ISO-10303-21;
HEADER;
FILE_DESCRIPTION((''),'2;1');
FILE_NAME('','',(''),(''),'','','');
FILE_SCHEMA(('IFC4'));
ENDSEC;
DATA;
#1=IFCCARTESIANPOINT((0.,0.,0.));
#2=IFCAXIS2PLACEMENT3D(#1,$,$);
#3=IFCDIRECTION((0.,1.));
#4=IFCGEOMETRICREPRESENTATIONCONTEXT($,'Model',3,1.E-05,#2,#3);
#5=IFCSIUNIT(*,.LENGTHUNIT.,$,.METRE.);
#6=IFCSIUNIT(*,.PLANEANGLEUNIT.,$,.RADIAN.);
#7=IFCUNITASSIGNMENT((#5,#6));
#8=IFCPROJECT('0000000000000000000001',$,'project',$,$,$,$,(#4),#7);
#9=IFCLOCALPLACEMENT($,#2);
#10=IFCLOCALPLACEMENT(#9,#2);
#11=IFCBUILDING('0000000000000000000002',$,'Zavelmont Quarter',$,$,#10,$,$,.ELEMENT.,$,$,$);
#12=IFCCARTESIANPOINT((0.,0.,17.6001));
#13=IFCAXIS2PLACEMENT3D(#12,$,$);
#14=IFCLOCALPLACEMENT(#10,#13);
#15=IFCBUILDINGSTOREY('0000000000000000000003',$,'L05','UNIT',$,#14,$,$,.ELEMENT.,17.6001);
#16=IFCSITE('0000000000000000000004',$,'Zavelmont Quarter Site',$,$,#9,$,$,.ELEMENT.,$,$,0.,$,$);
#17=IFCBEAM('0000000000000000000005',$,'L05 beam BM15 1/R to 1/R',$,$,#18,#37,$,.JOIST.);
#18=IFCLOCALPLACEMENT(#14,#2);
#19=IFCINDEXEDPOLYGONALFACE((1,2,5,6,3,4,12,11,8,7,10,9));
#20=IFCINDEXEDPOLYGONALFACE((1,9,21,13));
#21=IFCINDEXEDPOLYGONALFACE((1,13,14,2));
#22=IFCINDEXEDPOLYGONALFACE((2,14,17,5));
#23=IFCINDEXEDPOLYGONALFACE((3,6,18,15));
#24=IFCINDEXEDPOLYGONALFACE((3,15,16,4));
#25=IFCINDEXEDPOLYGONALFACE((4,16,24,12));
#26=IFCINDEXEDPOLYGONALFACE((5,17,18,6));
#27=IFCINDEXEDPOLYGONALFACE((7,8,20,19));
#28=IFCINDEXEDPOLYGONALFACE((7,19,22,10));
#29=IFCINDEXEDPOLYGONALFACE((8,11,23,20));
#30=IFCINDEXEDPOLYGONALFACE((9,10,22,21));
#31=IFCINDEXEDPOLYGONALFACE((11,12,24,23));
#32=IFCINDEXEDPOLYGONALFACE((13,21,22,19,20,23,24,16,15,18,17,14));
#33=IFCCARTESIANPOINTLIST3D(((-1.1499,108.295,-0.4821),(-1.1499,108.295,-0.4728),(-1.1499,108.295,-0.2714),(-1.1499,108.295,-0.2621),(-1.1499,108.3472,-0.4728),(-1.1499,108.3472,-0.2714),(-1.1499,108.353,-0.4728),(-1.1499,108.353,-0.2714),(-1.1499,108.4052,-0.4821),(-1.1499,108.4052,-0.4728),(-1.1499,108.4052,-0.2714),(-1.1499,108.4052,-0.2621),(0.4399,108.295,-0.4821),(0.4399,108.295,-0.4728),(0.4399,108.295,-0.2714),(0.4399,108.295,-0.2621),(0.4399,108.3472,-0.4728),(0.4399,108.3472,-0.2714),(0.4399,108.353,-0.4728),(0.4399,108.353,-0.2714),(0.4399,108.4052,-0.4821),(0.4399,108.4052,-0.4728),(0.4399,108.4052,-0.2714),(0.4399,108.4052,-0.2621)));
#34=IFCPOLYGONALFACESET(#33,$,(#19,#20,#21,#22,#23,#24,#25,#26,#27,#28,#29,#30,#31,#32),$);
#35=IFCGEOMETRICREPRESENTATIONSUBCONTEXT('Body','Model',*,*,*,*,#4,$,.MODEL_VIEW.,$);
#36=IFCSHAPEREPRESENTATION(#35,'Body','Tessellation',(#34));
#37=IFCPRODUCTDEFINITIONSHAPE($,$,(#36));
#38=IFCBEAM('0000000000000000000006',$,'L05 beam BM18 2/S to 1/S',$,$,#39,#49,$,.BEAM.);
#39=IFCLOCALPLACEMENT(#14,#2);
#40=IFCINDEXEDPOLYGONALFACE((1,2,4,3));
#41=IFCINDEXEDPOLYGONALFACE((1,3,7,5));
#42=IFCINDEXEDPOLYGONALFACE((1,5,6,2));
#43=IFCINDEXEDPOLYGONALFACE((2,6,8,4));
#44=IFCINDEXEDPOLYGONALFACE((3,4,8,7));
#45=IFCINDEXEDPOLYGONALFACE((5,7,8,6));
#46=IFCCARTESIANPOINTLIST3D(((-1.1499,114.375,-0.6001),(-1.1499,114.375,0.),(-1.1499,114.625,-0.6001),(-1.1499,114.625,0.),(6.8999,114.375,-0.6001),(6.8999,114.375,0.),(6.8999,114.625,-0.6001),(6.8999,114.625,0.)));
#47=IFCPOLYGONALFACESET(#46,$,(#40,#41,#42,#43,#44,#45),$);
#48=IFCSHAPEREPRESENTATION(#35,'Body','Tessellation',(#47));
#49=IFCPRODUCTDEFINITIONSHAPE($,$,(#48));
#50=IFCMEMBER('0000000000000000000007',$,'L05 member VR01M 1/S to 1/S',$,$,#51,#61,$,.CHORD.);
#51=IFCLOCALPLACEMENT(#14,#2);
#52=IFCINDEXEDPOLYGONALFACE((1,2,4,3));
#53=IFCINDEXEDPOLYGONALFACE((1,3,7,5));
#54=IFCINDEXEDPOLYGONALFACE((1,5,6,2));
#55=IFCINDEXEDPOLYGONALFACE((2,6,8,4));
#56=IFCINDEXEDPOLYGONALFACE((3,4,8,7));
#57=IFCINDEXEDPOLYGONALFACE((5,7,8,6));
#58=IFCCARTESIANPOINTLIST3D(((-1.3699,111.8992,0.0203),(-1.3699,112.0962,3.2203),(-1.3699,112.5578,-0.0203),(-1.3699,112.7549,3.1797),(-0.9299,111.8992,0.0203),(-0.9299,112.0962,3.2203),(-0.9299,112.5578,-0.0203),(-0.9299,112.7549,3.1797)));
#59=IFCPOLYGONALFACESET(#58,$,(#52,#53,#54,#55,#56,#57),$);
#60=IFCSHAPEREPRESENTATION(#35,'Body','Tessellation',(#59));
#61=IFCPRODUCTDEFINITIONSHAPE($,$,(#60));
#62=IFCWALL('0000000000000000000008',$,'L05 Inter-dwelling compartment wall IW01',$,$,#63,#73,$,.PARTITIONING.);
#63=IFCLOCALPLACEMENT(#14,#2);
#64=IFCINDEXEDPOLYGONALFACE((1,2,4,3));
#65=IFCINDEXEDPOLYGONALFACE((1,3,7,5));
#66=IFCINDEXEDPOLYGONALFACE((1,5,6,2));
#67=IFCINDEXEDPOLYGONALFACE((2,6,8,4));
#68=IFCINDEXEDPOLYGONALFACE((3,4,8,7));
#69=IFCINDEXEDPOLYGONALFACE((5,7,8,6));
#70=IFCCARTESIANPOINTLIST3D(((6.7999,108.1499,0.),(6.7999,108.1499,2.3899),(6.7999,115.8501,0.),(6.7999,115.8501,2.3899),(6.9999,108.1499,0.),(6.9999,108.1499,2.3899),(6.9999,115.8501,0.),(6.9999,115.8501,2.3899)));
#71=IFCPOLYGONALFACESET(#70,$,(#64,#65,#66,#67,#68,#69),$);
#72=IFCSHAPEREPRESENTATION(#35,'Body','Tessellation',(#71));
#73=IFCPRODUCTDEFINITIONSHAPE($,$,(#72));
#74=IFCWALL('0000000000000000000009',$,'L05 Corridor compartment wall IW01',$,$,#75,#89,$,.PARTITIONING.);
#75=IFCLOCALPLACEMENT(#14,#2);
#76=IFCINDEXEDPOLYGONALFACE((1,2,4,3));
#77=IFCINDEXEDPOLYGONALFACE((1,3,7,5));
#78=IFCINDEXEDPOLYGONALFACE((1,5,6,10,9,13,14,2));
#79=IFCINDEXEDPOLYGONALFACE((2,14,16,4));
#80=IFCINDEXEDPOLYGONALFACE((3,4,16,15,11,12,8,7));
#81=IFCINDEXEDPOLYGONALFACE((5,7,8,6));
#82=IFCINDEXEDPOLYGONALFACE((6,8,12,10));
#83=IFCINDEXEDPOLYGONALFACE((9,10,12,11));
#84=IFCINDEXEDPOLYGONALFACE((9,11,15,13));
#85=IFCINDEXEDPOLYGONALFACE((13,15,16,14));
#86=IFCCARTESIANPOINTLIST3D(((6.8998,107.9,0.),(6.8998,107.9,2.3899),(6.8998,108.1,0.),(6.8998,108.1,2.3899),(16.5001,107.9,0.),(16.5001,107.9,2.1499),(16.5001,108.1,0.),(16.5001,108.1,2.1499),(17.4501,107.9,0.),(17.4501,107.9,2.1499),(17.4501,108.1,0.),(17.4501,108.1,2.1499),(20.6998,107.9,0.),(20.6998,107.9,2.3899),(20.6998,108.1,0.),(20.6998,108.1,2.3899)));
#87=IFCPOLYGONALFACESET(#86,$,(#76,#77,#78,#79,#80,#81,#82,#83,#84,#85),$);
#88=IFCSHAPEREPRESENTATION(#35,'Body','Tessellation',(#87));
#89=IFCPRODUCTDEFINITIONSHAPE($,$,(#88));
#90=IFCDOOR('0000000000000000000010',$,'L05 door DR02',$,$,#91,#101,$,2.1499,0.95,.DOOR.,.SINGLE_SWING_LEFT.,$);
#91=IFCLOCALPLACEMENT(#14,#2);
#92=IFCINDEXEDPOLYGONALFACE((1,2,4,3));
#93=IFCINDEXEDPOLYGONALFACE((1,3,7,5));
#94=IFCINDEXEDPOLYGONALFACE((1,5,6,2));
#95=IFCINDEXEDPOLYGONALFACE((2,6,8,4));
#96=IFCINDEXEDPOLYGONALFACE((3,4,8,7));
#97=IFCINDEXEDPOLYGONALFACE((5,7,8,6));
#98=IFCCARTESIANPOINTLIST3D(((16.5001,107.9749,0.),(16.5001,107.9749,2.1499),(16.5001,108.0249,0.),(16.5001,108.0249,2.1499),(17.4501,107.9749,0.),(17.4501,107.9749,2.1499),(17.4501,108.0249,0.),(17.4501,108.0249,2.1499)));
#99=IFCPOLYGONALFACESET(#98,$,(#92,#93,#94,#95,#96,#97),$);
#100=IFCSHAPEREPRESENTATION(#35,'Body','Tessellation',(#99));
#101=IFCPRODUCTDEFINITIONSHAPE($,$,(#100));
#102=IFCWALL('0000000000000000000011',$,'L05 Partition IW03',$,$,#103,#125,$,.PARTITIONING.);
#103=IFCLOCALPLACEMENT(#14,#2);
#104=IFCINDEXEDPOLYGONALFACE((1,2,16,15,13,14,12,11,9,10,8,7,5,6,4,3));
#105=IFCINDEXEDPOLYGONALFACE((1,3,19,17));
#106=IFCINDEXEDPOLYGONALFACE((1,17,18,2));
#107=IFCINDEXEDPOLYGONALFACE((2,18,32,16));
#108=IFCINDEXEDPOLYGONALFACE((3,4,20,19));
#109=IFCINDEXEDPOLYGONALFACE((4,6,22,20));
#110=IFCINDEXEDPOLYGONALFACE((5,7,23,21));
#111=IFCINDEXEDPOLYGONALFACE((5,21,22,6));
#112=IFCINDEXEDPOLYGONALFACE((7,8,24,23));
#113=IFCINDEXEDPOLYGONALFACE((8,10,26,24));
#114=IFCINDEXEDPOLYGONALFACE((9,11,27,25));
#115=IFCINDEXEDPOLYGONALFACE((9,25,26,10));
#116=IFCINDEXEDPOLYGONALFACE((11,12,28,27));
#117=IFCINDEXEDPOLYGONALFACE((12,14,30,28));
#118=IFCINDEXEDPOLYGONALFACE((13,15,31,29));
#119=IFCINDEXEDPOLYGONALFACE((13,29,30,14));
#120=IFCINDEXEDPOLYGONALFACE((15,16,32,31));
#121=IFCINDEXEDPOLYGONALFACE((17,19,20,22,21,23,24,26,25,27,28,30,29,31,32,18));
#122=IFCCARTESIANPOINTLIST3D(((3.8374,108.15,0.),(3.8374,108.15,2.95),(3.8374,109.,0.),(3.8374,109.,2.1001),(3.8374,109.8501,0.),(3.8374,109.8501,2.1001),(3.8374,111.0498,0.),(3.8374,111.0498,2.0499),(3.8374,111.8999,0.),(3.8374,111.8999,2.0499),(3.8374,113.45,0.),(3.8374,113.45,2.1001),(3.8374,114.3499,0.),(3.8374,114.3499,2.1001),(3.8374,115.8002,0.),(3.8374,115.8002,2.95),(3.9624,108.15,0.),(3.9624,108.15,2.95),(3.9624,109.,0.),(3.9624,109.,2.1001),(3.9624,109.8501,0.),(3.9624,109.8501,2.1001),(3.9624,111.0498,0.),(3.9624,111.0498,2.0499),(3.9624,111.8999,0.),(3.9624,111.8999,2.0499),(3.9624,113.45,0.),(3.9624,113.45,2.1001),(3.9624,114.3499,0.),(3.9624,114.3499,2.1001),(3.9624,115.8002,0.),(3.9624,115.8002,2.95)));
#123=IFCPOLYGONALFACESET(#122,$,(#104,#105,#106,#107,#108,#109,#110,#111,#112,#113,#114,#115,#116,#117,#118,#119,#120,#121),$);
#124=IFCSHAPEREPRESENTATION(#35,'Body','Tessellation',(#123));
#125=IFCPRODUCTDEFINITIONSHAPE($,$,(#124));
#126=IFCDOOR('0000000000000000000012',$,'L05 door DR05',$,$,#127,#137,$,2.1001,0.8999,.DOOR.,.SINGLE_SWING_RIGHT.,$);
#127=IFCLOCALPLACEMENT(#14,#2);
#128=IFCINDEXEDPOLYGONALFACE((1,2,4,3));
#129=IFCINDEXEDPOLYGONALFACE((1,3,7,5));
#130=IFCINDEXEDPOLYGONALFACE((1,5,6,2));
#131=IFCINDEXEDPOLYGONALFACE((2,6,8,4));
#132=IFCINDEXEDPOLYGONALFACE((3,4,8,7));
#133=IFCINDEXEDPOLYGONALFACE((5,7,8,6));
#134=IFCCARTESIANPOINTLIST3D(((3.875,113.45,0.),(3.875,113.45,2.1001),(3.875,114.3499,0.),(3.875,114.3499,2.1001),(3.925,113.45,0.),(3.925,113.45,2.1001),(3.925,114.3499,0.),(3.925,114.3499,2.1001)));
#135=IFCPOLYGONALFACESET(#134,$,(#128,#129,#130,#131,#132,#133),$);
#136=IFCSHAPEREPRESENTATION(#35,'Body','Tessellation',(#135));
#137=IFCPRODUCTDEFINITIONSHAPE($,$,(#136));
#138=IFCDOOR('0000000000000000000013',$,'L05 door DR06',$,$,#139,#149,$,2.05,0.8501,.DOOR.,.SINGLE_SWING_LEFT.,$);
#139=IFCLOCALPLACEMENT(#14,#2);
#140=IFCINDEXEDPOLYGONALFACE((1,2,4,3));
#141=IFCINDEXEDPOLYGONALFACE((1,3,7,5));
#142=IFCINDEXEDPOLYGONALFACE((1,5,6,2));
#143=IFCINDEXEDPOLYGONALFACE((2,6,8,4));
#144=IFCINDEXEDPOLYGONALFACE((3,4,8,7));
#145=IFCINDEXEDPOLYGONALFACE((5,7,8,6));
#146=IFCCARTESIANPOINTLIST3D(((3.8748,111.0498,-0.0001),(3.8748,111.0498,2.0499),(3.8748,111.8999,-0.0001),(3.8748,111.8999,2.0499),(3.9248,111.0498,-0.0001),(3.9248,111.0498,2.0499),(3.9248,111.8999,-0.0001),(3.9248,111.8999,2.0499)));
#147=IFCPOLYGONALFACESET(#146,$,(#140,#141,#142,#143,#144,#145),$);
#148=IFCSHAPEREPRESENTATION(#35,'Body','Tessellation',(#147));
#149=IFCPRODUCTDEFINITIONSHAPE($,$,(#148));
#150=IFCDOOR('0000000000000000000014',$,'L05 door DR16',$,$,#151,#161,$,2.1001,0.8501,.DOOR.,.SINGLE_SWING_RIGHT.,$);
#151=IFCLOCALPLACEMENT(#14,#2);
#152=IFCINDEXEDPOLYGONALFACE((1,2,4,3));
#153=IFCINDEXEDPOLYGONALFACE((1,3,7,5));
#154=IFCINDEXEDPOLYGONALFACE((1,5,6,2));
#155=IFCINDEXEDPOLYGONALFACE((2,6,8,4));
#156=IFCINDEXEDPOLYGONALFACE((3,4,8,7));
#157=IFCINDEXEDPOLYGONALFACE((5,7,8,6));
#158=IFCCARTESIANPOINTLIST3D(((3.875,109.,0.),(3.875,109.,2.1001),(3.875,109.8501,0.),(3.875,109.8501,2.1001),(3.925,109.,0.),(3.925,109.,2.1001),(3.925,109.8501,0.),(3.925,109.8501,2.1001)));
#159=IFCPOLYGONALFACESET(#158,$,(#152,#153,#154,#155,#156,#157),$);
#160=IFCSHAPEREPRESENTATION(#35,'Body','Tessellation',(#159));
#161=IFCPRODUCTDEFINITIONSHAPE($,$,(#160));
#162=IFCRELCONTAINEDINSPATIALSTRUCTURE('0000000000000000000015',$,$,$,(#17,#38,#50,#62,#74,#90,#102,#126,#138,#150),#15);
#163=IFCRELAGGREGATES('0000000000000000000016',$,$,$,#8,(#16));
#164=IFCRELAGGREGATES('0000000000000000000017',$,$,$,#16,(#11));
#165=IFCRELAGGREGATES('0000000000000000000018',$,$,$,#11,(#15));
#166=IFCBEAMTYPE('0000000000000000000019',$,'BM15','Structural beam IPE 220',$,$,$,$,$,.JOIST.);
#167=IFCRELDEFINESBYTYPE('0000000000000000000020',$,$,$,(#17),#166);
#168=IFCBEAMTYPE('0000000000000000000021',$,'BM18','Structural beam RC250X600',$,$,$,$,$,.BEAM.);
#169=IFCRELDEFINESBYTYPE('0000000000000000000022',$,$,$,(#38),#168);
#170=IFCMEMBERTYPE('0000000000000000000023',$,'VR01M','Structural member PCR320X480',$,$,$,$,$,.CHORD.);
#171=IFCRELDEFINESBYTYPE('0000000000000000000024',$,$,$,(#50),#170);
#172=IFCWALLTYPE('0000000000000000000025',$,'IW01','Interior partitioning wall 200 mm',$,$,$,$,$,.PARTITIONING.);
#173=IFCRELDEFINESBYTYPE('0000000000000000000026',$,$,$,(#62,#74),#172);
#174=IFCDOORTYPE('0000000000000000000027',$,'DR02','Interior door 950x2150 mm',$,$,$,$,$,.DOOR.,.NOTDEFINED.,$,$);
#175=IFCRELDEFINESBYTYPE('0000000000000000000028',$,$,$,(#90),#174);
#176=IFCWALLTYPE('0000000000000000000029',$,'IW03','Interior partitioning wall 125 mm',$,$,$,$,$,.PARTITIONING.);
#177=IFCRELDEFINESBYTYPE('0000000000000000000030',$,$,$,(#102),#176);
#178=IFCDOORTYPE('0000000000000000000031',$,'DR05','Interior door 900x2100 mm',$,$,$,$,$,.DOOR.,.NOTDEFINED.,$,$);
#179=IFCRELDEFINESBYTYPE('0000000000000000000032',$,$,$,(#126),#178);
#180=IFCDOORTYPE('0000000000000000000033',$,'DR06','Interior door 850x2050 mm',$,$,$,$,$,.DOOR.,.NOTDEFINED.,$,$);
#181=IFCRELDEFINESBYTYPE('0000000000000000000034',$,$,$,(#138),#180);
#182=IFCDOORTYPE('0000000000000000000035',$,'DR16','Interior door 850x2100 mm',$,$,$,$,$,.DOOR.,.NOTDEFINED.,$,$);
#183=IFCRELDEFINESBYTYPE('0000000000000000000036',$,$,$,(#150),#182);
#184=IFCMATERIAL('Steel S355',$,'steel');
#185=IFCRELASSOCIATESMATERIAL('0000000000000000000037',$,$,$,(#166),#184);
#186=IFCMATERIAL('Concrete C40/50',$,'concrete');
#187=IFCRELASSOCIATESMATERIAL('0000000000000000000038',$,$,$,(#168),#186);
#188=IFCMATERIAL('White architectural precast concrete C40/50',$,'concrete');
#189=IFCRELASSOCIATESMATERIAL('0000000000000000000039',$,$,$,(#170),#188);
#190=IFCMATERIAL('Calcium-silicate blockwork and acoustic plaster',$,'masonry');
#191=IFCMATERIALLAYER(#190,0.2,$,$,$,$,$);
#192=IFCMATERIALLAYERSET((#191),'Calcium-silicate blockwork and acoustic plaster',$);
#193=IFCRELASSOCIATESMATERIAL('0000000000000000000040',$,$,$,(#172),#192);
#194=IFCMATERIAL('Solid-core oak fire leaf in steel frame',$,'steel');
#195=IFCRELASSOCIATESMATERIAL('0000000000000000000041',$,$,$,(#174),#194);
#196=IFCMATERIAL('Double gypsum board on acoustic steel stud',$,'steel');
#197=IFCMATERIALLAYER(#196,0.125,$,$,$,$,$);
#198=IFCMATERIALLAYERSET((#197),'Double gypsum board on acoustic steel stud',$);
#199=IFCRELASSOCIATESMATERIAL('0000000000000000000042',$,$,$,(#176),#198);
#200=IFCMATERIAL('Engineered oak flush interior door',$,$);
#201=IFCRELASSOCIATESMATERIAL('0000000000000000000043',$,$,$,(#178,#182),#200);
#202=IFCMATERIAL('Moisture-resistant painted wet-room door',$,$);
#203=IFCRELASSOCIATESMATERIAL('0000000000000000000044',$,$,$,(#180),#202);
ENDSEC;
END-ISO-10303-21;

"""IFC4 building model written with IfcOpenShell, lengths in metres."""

from ifc_helpers import new_model, si_unit, direction, frame, frame_2d, origin, origin_with_axes, origin_2d, place, context, subcontext, project, spatial, rectangle, i_section, extrude, material, layer, layer_set, material_profile, profile_set, type_object, element, fill, save


model = new_model("IFC4")

# Units and contexts
model_context = context("Model", 3, precision=1e-05, world=origin(), true_north=direction((0.0, 1.0)))
body_context = subcontext(model_context, "Body", "Model", "MODEL_VIEW")
ifc_project = project(units=[si_unit("LENGTHUNIT", "METRE"), si_unit("PLANEANGLEUNIT", "RADIAN")], contexts=[model_context])

# Site, building, storey
site_placement = place(None, origin())
site = spatial("IfcSite", under=ifc_project, at=site_placement, Name="Zavelmont Quarter Site", CompositionType="ELEMENT", RefElevation=0.0)
building_placement = place(site_placement, origin())
building = spatial("IfcBuilding", under=site, at=building_placement, Name="Zavelmont Quarter", CompositionType="ELEMENT")
storey_placement = place(building_placement, frame((0.0, 0.0, 17.6001)))
storey = spatial("IfcBuildingStorey", under=building, at=storey_placement, Name="L05", Description="UNIT", CompositionType="ELEMENT", Elevation=17.6001)

# Beams
ifc_material_1 = material(Name="Steel S355", Category="steel")
ifc_material_profile_1 = material_profile(ifc_material_1, i_section(OverallWidth=0.1101, OverallDepth=0.22, WebThickness=0.0059, FlangeThickness=0.0093, at=origin_2d()), Name="IPE 220")
ifc_profile_set_1 = profile_set([ifc_material_profile_1], Name="Steel S355")
beam_type_1 = type_object("IfcBeamType", Name="BM15", Description="Structural beam IPE 220", PredefinedType="JOIST", material=ifc_profile_set_1)
beam_1_placement = place(storey_placement, frame((0.4399, 108.3501, -0.3721), z_axis=(-1.0, 0.0, 0.0), x_axis=(0.0, -1.0, 0.0)))
element("IfcBeam", 1, at=beam_1_placement, inside=storey, type_object=beam_type_1, Name="L05 beam BM15 1/R to 1/R", PredefinedType="JOIST", context=body_context, shape_type="SweptSolid", body=[
    extrude(i_section(OverallWidth=0.1101, OverallDepth=0.22, WebThickness=0.0059, FlangeThickness=0.0093, at=origin_2d()), origin(), (0.0, 0.0, 1.0), 1.5898),
])
ifc_material_2 = material(Name="Concrete C40/50", Category="concrete")
ifc_material_profile_2 = material_profile(ifc_material_2, rectangle(XDim=0.25, YDim=0.6001, at=origin_2d()), Name="RC250X600")
ifc_profile_set_2 = profile_set([ifc_material_profile_2], Name="Concrete C40/50")
beam_type_2 = type_object("IfcBeamType", Name="BM18", Description="Structural beam RC250X600", PredefinedType="BEAM", material=ifc_profile_set_2)
beam_2_placement = place(storey_placement, frame((6.8999, 114.5, -0.3), z_axis=(-1.0, 0.0, 0.0), x_axis=(0.0, -1.0, 0.0)))
element("IfcBeam", 2, at=beam_2_placement, inside=storey, type_object=beam_type_2, Name="L05 beam BM18 2/S to 1/S", PredefinedType="BEAM", context=body_context, shape_type="SweptSolid", body=[
    extrude(rectangle(XDim=0.25, YDim=0.6001, at=origin_2d()), origin(), (0.0, 0.0, 1.0), 8.0498),
])

# Member
ifc_material_3 = material(Name="White architectural precast concrete C40/50", Category="concrete")
ifc_material_profile_3 = material_profile(ifc_material_3, rectangle(XDim=0.4399, YDim=0.6599, at=origin_2d()), Name="PCR320X480")
ifc_profile_set_3 = profile_set([ifc_material_profile_3], Name="White architectural precast concrete C40/50")
member_type = type_object("IfcMemberType", Name="VR01M", Description="Structural member PCR320X480", PredefinedType="CHORD", material=ifc_profile_set_3)
member_placement = place(storey_placement, frame((-1.1499, 112.2285, 0.0), z_axis=(0.0, 0.061454, 0.99811), x_axis=(-1.0, 0.0, 0.0)))
element("IfcMember", 3, at=member_placement, inside=storey, type_object=member_type, Name="L05 member VR01M 1/S to 1/S", PredefinedType="CHORD", context=body_context, shape_type="SweptSolid", body=[
    extrude(rectangle(XDim=0.4399, YDim=0.6599, at=origin_2d()), origin(), (0.0, 0.0, 1.0), 3.2061),
])

# Wall
ifc_material_4 = material(Name="Calcium-silicate blockwork and acoustic plaster", Category="masonry")
ifc_layer_1 = layer(ifc_material_4, 0.2)
ifc_layer_set_1 = layer_set([ifc_layer_1], Name="Calcium-silicate blockwork and acoustic plaster")
wall_type_1 = type_object("IfcWallType", Name="IW01", Description="Interior partitioning wall 200 mm", PredefinedType="PARTITIONING", material=ifc_layer_set_1)
wall_1_placement = place(storey_placement, frame((6.8999, 108.1499, 0.0), z_axis=(0.0, 0.0, 1.0), x_axis=(0.0, 1.0, 0.0)))
element("IfcWall", 4, at=wall_1_placement, inside=storey, type_object=wall_type_1, Name="L05 Inter-dwelling compartment wall IW01", PredefinedType="PARTITIONING", context=body_context, shape_type="SweptSolid", body=[
    extrude(rectangle(XDim=7.7002, YDim=0.2, at=frame_2d((3.8501, 0.0))), origin(), (0.0, 0.0, 1.0), 2.3899),
])

# Wall, opening, door
wall_2_placement = place(storey_placement, frame((6.8999, 108.0, 0.0), z_axis=(0.0, 0.0, 1.0), x_axis=(1.0, 0.0, 0.0)))
wall_2 = element("IfcWall", 5, at=wall_2_placement, inside=storey, type_object=wall_type_1, Name="L05 Corridor compartment wall IW01", PredefinedType="PARTITIONING", context=body_context, shape_type="SweptSolid", body=[
    extrude(rectangle(XDim=13.8, YDim=0.2, at=frame_2d((6.8999, 0.0))), origin(), (0.0, 0.0, 1.0), 2.3899),
])
opening_1_placement = place(wall_2_placement, frame((9.6001, 0.0, 0.0)))
opening_1 = element("IfcOpeningElement", 6, at=opening_1_placement, cuts=wall_2, PredefinedType="OPENING", context=body_context, shape_type="SweptSolid", body=[
    extrude(rectangle(XDim=0.95, YDim=2.1499, at=frame_2d((0.4751, 1.075))), frame((0.0, 0.1118, 0.0), z_axis=(0.0, -1.0, 0.0), x_axis=(1.0, 0.0, 0.0)), (0.0, 0.0, 1.0), 0.2239),
])
ifc_material_5 = material(Name="Solid-core oak fire leaf in steel frame", Category="steel")
door_type_1 = type_object("IfcDoorType", Name="DR02", Description="Interior door 950x2150 mm", OperationType="NOTDEFINED", PredefinedType="DOOR", material=ifc_material_5)
door_1_placement = place(opening_1_placement, origin_with_axes())
door_1 = element("IfcDoor", 7, at=door_1_placement, inside=storey, type_object=door_type_1, Name="L05 door DR02", OperationType="SINGLE_SWING_LEFT", OverallHeight=2.1499, OverallWidth=0.95, PredefinedType="DOOR", context=body_context, shape_type="SweptSolid", body=[
    extrude(rectangle(XDim=0.95, YDim=2.1499, at=frame_2d((0.4751, 1.075))), frame((0.0, 0.0249, 0.0), z_axis=(0.0, -1.0, 0.0), x_axis=(1.0, 0.0, 0.0)), (0.0, 0.0, 1.0), 0.05),
])
fill(opening_1, door_1)

# Wall, openings, doors
ifc_material_6 = material(Name="Double gypsum board on acoustic steel stud", Category="steel")
ifc_layer_2 = layer(ifc_material_6, 0.125)
ifc_layer_set_2 = layer_set([ifc_layer_2], Name="Double gypsum board on acoustic steel stud")
wall_type_2 = type_object("IfcWallType", Name="IW03", Description="Interior partitioning wall 125 mm", PredefinedType="PARTITIONING", material=ifc_layer_set_2)
wall_3_placement = place(storey_placement, frame((3.8999, 108.1499, 0.0), z_axis=(0.0, 0.0, 1.0), x_axis=(0.0, 1.0, 0.0)))
wall_3 = element("IfcWall", 8, at=wall_3_placement, inside=storey, type_object=wall_type_2, Name="L05 Partition IW03", PredefinedType="PARTITIONING", context=body_context, shape_type="SweptSolid", body=[
    extrude(rectangle(XDim=7.6501, YDim=0.125, at=frame_2d((3.8252, 0.0))), origin(), (0.0, 0.0, 1.0), 2.95),
])
opening_2_placement = place(wall_3_placement, frame((0.8501, 0.0, 0.0)))
opening_2 = element("IfcOpeningElement", 9, at=opening_2_placement, cuts=wall_3, PredefinedType="OPENING", context=body_context, shape_type="SweptSolid", body=[
    extrude(rectangle(XDim=0.8501, YDim=2.1001, at=frame_2d((0.425, 1.05))), frame((0.0, 0.0745, 0.0), z_axis=(0.0, -1.0, 0.0), x_axis=(1.0, 0.0, 0.0)), (0.0, 0.0, 1.0), 0.1489),
])
opening_3_placement = place(wall_3_placement, frame((2.8999, 0.0, 0.0)))
opening_3 = element("IfcOpeningElement", 10, at=opening_3_placement, cuts=wall_3, PredefinedType="OPENING", context=body_context, shape_type="SweptSolid", body=[
    extrude(rectangle(XDim=0.8501, YDim=2.05, at=frame_2d((0.425, 1.0249))), frame((0.0, 0.0745, 0.0), z_axis=(0.0, -1.0, 0.0), x_axis=(1.0, 0.0, 0.0)), (0.0, 0.0, 1.0), 0.1489),
])
opening_4_placement = place(wall_3_placement, frame((5.3, 0.0, 0.0)))
opening_4 = element("IfcOpeningElement", 11, at=opening_4_placement, cuts=wall_3, PredefinedType="OPENING", context=body_context, shape_type="SweptSolid", body=[
    extrude(rectangle(XDim=0.8999, YDim=2.1001, at=frame_2d((0.45, 1.05))), frame((0.0, 0.0745, 0.0), z_axis=(0.0, -1.0, 0.0), x_axis=(1.0, 0.0, 0.0)), (0.0, 0.0, 1.0), 0.1489),
])
ifc_material_7 = material(Name="Engineered oak flush interior door")
door_type_2 = type_object("IfcDoorType", Name="DR05", Description="Interior door 900x2100 mm", OperationType="NOTDEFINED", PredefinedType="DOOR", material=ifc_material_7)
door_2_placement = place(opening_4_placement, origin_with_axes())
door_2 = element("IfcDoor", 12, at=door_2_placement, inside=storey, type_object=door_type_2, Name="L05 door DR05", OperationType="SINGLE_SWING_RIGHT", OverallHeight=2.1001, OverallWidth=0.8999, PredefinedType="DOOR", context=body_context, shape_type="SweptSolid", body=[
    extrude(rectangle(XDim=0.8999, YDim=2.1001, at=frame_2d((0.45, 1.05))), frame((0.0, 0.0249, 0.0), z_axis=(0.0, -1.0, 0.0), x_axis=(1.0, 0.0, 0.0)), (0.0, 0.0, 1.0), 0.05),
])
fill(opening_4, door_2)
ifc_material_8 = material(Name="Moisture-resistant painted wet-room door")
door_type_3 = type_object("IfcDoorType", Name="DR06", Description="Interior door 850x2050 mm", OperationType="NOTDEFINED", PredefinedType="DOOR", material=ifc_material_8)
door_3_placement = place(opening_3_placement, frame((0.8501, 0.0, 0.0), z_axis=(0.0, 0.0, 1.0), x_axis=(-1.0, 0.0, 0.0)))
door_3 = element("IfcDoor", 13, at=door_3_placement, inside=storey, type_object=door_type_3, Name="L05 door DR06", OperationType="SINGLE_SWING_LEFT", OverallHeight=2.05, OverallWidth=0.8501, PredefinedType="DOOR", context=body_context, shape_type="SweptSolid", body=[
    extrude(rectangle(XDim=0.8501, YDim=2.05, at=frame_2d((0.425, 1.0249))), frame((0.0, 0.0249, 0.0), z_axis=(0.0, -1.0, 0.0), x_axis=(1.0, 0.0, 0.0)), (0.0, 0.0, 1.0), 0.05),
])
fill(opening_3, door_3)
door_type_4 = type_object("IfcDoorType", Name="DR16", Description="Interior door 850x2100 mm", OperationType="NOTDEFINED", PredefinedType="DOOR", material=ifc_material_7)
door_4_placement = place(opening_2_placement, origin_with_axes())
door_4 = element("IfcDoor", 14, at=door_4_placement, inside=storey, type_object=door_type_4, Name="L05 door DR16", OperationType="SINGLE_SWING_RIGHT", OverallHeight=2.1001, OverallWidth=0.8501, PredefinedType="DOOR", context=body_context, shape_type="SweptSolid", body=[
    extrude(rectangle(XDim=0.8501, YDim=2.1001, at=frame_2d((0.425, 1.05))), frame((0.0, 0.0249, 0.0), z_axis=(0.0, -1.0, 0.0), x_axis=(1.0, 0.0, 0.0)), (0.0, 0.0, 1.0), 0.05),
])
fill(opening_2, door_4)

save(model, "model.ifc")
